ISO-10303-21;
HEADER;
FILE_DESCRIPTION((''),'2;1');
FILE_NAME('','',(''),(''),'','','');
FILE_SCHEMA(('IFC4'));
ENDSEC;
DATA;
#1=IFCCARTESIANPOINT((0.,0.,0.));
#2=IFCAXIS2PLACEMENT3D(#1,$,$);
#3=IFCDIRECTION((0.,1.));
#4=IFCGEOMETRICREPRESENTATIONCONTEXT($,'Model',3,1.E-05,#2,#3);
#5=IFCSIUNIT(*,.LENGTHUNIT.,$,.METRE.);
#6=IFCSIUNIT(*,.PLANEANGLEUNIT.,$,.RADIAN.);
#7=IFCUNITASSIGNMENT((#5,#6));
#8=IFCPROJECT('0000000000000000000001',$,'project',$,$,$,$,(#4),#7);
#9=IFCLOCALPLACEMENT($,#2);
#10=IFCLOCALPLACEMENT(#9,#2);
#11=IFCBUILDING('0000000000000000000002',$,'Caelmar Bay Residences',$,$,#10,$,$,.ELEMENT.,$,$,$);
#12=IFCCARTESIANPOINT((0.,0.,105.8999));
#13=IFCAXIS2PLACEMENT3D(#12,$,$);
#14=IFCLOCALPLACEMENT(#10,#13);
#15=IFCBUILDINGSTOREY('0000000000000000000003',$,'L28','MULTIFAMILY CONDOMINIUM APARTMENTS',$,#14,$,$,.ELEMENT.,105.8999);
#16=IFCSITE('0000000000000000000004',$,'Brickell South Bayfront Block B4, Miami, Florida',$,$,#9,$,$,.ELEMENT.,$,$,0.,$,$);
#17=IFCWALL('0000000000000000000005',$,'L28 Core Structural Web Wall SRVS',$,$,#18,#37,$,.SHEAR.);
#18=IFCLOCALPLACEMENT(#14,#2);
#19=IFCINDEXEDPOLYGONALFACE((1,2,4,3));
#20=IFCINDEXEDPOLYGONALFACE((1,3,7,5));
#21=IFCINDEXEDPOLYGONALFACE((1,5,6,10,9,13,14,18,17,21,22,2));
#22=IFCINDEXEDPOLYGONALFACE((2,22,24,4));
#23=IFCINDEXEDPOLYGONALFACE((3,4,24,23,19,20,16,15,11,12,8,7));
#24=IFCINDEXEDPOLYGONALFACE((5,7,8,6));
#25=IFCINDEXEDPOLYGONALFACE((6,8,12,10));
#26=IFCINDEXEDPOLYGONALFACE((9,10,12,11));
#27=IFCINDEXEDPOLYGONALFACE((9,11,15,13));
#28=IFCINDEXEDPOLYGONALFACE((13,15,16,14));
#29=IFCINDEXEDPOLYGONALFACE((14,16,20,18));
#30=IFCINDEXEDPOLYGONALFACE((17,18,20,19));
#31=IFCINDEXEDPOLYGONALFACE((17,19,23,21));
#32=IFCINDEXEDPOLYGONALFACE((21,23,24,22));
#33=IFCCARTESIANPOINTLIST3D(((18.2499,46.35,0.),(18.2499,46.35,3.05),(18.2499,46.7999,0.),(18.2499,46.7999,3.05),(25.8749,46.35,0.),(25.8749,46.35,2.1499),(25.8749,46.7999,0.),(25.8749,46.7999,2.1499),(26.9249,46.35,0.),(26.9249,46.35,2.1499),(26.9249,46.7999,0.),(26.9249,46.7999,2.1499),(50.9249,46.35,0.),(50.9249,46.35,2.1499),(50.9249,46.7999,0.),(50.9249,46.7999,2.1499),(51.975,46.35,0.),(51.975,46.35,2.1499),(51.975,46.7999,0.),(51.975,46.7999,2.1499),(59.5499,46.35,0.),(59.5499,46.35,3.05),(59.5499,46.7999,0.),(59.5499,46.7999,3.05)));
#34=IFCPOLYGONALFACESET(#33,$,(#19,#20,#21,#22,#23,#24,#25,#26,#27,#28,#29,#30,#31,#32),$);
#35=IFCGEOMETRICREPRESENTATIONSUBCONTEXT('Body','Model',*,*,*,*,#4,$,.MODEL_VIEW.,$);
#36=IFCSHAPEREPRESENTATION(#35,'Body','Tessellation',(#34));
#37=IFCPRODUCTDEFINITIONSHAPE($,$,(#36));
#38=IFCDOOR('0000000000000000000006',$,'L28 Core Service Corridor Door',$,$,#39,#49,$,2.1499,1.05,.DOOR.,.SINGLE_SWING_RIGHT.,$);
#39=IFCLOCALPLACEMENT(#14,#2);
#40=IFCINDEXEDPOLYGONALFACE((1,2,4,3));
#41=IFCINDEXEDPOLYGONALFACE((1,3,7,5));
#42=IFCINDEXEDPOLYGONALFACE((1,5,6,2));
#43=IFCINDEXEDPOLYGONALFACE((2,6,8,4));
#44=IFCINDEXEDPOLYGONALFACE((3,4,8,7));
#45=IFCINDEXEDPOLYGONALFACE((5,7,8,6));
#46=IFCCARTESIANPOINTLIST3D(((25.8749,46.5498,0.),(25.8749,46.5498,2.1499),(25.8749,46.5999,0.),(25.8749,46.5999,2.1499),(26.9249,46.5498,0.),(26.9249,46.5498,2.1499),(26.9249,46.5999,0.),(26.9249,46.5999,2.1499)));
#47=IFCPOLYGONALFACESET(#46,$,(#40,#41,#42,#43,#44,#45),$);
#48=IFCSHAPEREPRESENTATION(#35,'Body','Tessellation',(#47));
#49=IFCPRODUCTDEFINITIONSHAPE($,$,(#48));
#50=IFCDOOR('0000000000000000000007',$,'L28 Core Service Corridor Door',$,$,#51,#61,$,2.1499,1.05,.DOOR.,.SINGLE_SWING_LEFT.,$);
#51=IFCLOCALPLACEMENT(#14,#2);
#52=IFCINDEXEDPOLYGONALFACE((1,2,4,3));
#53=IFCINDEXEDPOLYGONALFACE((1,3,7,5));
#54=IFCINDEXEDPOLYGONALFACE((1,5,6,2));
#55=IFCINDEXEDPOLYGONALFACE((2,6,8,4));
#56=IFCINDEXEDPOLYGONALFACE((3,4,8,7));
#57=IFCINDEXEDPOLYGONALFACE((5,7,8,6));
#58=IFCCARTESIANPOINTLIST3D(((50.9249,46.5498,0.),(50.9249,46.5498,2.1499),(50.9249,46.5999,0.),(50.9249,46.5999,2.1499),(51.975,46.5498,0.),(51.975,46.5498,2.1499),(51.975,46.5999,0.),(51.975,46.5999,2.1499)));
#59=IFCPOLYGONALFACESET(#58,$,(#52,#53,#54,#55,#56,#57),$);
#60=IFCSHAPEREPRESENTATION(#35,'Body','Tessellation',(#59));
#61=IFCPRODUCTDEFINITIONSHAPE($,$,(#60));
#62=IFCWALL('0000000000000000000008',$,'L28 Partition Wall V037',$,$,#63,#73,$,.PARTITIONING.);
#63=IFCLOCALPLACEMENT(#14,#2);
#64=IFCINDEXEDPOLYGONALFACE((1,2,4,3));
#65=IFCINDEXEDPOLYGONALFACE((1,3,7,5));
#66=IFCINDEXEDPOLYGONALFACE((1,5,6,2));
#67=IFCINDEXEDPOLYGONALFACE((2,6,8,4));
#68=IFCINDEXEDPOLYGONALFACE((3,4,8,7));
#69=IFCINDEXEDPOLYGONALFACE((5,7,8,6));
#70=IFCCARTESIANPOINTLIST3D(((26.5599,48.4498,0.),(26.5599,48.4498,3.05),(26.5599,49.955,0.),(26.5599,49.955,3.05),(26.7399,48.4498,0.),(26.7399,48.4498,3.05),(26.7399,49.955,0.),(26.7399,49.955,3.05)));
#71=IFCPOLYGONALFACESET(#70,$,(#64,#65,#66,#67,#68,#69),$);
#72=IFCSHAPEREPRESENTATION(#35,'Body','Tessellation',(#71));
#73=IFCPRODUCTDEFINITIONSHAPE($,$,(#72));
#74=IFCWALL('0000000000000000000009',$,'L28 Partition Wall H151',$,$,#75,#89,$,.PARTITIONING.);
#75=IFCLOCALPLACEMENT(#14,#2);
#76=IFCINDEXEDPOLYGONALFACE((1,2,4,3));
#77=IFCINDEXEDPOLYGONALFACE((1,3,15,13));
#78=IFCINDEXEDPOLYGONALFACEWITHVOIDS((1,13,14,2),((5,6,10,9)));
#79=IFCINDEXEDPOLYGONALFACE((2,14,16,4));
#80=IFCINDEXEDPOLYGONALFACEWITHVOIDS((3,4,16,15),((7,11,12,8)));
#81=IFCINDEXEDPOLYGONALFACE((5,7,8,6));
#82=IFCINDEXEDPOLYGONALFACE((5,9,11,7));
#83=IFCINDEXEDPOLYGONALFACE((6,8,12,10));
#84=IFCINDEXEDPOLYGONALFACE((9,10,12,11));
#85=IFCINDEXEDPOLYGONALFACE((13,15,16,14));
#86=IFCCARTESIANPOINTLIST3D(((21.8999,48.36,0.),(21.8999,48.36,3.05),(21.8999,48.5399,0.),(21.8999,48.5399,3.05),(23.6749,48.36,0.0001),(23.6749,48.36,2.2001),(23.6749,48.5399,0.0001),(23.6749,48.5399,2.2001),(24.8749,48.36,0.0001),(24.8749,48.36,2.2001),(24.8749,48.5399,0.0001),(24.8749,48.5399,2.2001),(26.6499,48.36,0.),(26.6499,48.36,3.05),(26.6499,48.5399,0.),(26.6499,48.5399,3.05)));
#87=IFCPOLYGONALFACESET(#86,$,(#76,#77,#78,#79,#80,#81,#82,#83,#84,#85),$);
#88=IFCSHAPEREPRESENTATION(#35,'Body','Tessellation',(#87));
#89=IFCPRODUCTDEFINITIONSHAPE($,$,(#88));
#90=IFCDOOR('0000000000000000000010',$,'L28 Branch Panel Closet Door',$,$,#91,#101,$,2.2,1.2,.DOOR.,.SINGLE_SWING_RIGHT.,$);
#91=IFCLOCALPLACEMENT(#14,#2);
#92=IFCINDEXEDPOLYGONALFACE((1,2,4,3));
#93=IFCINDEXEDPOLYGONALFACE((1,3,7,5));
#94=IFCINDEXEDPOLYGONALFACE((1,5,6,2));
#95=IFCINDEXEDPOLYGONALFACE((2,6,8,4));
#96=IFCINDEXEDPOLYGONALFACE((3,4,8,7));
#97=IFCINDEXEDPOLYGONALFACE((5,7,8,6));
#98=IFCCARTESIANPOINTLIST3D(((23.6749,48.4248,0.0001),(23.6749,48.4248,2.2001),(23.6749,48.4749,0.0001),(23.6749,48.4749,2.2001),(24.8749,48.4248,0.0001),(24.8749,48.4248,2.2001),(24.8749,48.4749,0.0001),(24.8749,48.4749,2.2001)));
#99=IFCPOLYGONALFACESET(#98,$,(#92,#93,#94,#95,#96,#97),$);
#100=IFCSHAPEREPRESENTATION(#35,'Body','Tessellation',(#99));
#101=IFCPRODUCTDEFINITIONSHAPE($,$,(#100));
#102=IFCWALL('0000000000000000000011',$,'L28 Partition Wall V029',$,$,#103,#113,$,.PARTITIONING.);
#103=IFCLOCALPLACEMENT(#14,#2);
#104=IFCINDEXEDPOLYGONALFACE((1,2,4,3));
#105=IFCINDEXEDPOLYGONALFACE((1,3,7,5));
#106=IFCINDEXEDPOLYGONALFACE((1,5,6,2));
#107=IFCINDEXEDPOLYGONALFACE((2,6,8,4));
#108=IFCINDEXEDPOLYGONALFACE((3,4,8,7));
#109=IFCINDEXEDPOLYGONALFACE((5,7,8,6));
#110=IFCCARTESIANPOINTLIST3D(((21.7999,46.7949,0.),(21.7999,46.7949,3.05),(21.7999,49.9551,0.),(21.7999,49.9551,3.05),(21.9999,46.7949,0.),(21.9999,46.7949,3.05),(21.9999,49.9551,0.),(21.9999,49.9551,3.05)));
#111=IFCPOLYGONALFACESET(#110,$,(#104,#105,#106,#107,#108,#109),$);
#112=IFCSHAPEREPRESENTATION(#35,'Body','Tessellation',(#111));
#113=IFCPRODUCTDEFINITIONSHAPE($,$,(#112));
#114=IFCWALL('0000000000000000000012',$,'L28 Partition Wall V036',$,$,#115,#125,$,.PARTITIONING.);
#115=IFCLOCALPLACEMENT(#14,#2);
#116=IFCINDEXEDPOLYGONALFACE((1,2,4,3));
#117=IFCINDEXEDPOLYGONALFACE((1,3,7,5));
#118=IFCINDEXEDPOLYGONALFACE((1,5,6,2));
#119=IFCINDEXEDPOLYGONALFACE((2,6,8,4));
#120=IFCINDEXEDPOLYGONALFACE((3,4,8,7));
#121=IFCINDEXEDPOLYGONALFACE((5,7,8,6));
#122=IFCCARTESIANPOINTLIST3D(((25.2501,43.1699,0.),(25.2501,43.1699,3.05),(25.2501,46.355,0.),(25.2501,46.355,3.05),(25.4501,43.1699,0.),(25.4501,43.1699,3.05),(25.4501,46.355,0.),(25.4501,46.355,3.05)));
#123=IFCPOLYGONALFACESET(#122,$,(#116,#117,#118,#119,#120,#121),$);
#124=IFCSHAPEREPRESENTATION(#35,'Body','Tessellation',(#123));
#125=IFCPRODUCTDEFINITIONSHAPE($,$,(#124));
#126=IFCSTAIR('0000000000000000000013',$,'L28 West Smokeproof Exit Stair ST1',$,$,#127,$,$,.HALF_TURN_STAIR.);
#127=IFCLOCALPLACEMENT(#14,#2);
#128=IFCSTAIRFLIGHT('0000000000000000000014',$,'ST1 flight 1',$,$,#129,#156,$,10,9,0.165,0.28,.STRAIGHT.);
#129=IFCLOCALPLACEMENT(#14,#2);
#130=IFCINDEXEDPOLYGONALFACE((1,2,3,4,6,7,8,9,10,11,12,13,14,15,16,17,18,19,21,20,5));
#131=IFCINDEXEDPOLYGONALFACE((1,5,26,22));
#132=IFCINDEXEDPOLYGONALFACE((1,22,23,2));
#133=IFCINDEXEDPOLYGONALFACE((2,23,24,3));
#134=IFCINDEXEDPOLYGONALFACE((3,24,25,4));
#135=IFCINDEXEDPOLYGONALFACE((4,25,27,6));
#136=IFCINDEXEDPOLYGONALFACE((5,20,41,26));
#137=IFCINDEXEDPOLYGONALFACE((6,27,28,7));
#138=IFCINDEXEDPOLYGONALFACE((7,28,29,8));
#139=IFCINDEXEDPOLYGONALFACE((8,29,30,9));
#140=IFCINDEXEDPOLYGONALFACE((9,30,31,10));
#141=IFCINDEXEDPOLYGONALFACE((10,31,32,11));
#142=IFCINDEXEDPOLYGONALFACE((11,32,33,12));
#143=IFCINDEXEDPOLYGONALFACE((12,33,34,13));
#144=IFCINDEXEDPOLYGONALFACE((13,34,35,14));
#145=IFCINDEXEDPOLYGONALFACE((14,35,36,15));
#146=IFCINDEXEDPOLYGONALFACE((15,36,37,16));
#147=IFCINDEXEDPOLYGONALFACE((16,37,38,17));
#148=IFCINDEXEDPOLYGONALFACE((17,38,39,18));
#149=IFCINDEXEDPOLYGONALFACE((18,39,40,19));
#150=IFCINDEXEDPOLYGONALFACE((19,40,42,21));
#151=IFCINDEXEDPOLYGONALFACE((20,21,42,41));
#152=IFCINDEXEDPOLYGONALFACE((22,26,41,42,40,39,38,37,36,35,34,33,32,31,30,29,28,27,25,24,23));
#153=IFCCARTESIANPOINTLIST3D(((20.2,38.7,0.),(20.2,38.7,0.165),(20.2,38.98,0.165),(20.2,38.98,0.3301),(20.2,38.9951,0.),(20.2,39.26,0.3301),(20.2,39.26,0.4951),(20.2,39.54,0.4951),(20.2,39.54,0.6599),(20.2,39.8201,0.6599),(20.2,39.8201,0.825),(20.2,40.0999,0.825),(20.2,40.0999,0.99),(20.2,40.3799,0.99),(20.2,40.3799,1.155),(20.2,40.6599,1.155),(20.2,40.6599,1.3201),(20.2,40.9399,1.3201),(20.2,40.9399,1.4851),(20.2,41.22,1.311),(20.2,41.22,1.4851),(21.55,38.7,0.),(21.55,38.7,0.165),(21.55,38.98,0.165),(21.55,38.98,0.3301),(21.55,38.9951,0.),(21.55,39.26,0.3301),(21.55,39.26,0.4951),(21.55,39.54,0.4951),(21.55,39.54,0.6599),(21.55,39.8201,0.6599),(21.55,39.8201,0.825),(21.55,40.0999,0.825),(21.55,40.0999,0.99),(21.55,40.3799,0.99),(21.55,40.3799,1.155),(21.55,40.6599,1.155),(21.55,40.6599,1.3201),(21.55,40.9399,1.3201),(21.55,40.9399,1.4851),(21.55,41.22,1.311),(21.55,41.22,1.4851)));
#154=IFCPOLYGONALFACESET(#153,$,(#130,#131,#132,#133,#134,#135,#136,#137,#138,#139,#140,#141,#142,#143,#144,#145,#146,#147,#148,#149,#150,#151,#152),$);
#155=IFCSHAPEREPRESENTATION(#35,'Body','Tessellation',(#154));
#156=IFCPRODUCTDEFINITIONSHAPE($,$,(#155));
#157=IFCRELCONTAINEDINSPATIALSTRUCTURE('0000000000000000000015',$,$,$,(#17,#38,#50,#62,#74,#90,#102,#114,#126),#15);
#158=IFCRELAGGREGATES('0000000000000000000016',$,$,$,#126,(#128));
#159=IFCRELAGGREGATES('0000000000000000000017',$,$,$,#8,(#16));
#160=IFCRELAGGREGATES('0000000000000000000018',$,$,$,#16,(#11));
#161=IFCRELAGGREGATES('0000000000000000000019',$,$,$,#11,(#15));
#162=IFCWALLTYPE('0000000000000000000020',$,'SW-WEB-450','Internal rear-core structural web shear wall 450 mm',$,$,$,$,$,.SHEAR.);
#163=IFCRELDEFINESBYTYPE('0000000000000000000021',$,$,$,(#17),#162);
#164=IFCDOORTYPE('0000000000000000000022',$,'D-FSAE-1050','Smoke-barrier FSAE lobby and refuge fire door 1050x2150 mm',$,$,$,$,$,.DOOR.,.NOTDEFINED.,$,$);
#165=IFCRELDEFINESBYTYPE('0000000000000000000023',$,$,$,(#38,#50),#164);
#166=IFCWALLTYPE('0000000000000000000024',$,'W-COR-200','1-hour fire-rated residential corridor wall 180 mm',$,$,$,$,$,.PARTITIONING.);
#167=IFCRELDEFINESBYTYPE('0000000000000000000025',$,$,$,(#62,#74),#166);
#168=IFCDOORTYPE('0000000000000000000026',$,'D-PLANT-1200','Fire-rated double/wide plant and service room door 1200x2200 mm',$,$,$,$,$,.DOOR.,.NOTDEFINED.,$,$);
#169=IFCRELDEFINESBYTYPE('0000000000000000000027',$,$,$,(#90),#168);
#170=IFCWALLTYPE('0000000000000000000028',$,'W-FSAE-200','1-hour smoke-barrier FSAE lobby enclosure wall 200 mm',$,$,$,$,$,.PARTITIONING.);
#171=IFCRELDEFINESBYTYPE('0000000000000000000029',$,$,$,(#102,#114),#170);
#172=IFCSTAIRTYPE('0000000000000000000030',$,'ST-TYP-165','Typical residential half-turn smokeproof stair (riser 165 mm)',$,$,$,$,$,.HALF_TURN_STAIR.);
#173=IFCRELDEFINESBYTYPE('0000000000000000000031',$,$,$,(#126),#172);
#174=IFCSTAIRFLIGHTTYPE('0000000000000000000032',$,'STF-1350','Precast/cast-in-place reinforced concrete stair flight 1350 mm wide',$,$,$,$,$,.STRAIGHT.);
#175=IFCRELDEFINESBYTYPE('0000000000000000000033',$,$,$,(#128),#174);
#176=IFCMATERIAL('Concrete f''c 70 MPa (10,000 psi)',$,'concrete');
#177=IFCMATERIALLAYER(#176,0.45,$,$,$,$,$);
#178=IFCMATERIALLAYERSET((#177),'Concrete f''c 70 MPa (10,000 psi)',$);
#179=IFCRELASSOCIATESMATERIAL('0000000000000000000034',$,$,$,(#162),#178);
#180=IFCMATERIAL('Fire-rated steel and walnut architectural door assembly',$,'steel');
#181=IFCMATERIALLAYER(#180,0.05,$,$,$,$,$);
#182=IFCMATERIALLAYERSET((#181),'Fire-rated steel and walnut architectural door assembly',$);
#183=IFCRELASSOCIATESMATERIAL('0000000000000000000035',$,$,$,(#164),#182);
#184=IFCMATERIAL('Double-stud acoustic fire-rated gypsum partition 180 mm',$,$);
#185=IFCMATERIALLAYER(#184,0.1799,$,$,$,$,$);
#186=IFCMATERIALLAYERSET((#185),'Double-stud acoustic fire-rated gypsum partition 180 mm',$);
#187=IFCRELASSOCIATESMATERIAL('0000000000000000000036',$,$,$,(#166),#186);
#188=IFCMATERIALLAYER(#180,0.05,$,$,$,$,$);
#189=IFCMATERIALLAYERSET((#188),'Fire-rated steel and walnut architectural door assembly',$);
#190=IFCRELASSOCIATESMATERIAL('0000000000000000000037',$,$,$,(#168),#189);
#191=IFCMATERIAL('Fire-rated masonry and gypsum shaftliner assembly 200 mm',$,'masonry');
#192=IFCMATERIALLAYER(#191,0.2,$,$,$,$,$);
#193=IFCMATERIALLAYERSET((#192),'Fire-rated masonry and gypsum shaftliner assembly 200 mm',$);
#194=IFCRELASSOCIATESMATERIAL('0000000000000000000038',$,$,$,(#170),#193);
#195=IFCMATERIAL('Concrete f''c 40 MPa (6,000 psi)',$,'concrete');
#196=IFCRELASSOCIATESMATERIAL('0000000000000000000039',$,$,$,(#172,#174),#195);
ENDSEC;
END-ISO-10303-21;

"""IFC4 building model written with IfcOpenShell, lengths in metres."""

from ifc_helpers import new_model, si_unit, direction, frame, frame_2d, origin, place, context, subcontext, project, spatial, polyline, rectangle, outline, extrude, material, layer, layer_set, type_object, element, fill, aggregate, save


model = new_model("IFC4")

# Units and contexts
model_context = context("Model", 3, precision=1e-05, world=origin(), true_north=direction((0.0, 1.0)))
body_context = subcontext(model_context, "Body", "Model", "MODEL_VIEW")
ifc_project = project(units=[si_unit("LENGTHUNIT", "METRE"), si_unit("PLANEANGLEUNIT", "RADIAN")], contexts=[model_context])

# Site, building, storey
site_placement = place(None, origin())
site = spatial("IfcSite", under=ifc_project, at=site_placement, Name="Brickell South Bayfront Block B4, Miami, Florida", CompositionType="ELEMENT", RefElevation=0.0)
building_placement = place(site_placement, origin())
building = spatial("IfcBuilding", under=site, at=building_placement, Name="Caelmar Bay Residences", CompositionType="ELEMENT")
storey_placement = place(building_placement, frame((0.0, 0.0, 105.8999)))
storey = spatial("IfcBuildingStorey", under=building, at=storey_placement, Name="L28", Description="MULTIFAMILY CONDOMINIUM APARTMENTS", CompositionType="ELEMENT", Elevation=105.8999)

# Shared definitions
ifc_material_1 = material(Name="Fire-rated steel and walnut architectural door assembly", Category="steel")

# Wall, openings, doors
ifc_material_2 = material(Name="Concrete f'c 70 MPa (10,000 psi)", Category="concrete")
ifc_layer_1 = layer(ifc_material_2, 0.45)
ifc_layer_set_1 = layer_set([ifc_layer_1], Name="Concrete f'c 70 MPa (10,000 psi)")
wall_type_1 = type_object("IfcWallType", Name="SW-WEB-450", Description="Internal rear-core structural web shear wall 450 mm", PredefinedType="SHEAR", material=ifc_layer_set_1)
ifc_layer_2 = layer(ifc_material_1, 0.05)
ifc_layer_set_2 = layer_set([ifc_layer_2], Name="Fire-rated steel and walnut architectural door assembly")
door_type_1 = type_object("IfcDoorType", Name="D-FSAE-1050", Description="Smoke-barrier FSAE lobby and refuge fire door 1050x2150 mm", OperationType="NOTDEFINED", PredefinedType="DOOR", material=ifc_layer_set_2)
wall_1_placement = place(storey_placement, frame((18.25, 46.575, 0.0), z_axis=(0.0, 0.0, 1.0), x_axis=(1.0, 0.0, 0.0)))
wall_1 = element("IfcWall", 1, at=wall_1_placement, inside=storey, type_object=wall_type_1, Name="L28 Core Structural Web Wall SRVS", PredefinedType="SHEAR", context=body_context, shape_type="SweptSolid", body=[
    extrude(rectangle(XDim=41.3, YDim=0.45, at=frame_2d((20.6499, 0.0))), origin(), (0.0, 0.0, 1.0), 3.05),
])
opening_1_placement = place(wall_1_placement, frame((7.625, 0.0, 0.0)))
opening_1 = element("IfcOpeningElement", 2, at=opening_1_placement, cuts=wall_1, PredefinedType="OPENING", context=body_context, shape_type="SweptSolid", body=[
    extrude(rectangle(XDim=1.05, YDim=2.1499, at=frame_2d((0.5249, 1.075))), frame((0.0, 0.2349, 0.0), z_axis=(0.0, -1.0, 0.0), x_axis=(1.0, 0.0, 0.0)), (0.0, 0.0, 1.0), 0.47),
])
opening_2_placement = place(wall_1_placement, frame((32.675, 0.0, 0.0)))
opening_2 = element("IfcOpeningElement", 3, at=opening_2_placement, cuts=wall_1, PredefinedType="OPENING", context=body_context, shape_type="SweptSolid", body=[
    extrude(rectangle(XDim=1.05, YDim=2.1499, at=frame_2d((0.5249, 1.075))), frame((0.0, 0.2349, 0.0), z_axis=(0.0, -1.0, 0.0), x_axis=(1.0, 0.0, 0.0)), (0.0, 0.0, 1.0), 0.47),
])
door_1_placement = place(opening_1_placement, origin())
door_1 = element("IfcDoor", 4, at=door_1_placement, inside=storey, type_object=door_type_1, Name="L28 Core Service Corridor Door", OperationType="SINGLE_SWING_RIGHT", OverallHeight=2.1499, OverallWidth=1.05, PredefinedType="DOOR", context=body_context, shape_type="SweptSolid", body=[
    extrude(rectangle(XDim=1.05, YDim=2.1499, at=frame_2d((0.5249, 1.075))), frame((0.0, 0.0249, 0.0), z_axis=(0.0, -1.0, 0.0), x_axis=(1.0, 0.0, 0.0)), (0.0, 0.0, 1.0), 0.05),
])
fill(opening_1, door_1)
door_2_placement = place(opening_2_placement, origin())
door_2 = element("IfcDoor", 5, at=door_2_placement, inside=storey, type_object=door_type_1, Name="L28 Core Service Corridor Door", OperationType="SINGLE_SWING_LEFT", OverallHeight=2.1499, OverallWidth=1.05, PredefinedType="DOOR", context=body_context, shape_type="SweptSolid", body=[
    extrude(rectangle(XDim=1.05, YDim=2.1499, at=frame_2d((0.5249, 1.075))), frame((0.0, 0.0249, 0.0), z_axis=(0.0, -1.0, 0.0), x_axis=(1.0, 0.0, 0.0)), (0.0, 0.0, 1.0), 0.05),
])
fill(opening_2, door_2)

# Wall
ifc_material_3 = material(Name="Double-stud acoustic fire-rated gypsum partition 180 mm")
ifc_layer_3 = layer(ifc_material_3, 0.1799)
ifc_layer_set_3 = layer_set([ifc_layer_3], Name="Double-stud acoustic fire-rated gypsum partition 180 mm")
wall_type_2 = type_object("IfcWallType", Name="W-COR-200", Description="1-hour fire-rated residential corridor wall 180 mm", PredefinedType="PARTITIONING", material=ifc_layer_set_3)
wall_2_placement = place(storey_placement, frame((26.6499, 48.45, 0.0), z_axis=(0.0, 0.0, 1.0), x_axis=(0.0, 1.0, 0.0)))
element("IfcWall", 6, at=wall_2_placement, inside=storey, type_object=wall_type_2, Name="L28 Partition Wall V037", PredefinedType="PARTITIONING", context=body_context, shape_type="SweptSolid", body=[
    extrude(rectangle(XDim=1.5051, YDim=0.1799, at=frame_2d((0.7524, 0.0))), origin(), (0.0, 0.0, 1.0), 3.05),
])

# Wall, opening, door
wall_3_placement = place(storey_placement, frame((21.8999, 48.45, 0.0), z_axis=(0.0, 0.0, 1.0), x_axis=(1.0, 0.0, 0.0)))
wall_3 = element("IfcWall", 7, at=wall_3_placement, inside=storey, type_object=wall_type_2, Name="L28 Partition Wall H151", PredefinedType="PARTITIONING", context=body_context, shape_type="SweptSolid", body=[
    extrude(rectangle(XDim=4.75, YDim=0.1799, at=frame_2d((2.375, 0.0))), origin(), (0.0, 0.0, 1.0), 3.05),
])
opening_3_placement = place(wall_3_placement, frame((1.7749, 0.0, 0.0)))
opening_3 = element("IfcOpeningElement", 8, at=opening_3_placement, cuts=wall_3, PredefinedType="OPENING", context=body_context, shape_type="SweptSolid", body=[
    extrude(rectangle(XDim=1.2, YDim=2.2, at=frame_2d((0.6001, 1.1001))), frame((0.0, 0.0999, 0.0), z_axis=(0.0, -1.0, 0.0), x_axis=(1.0, 0.0, 0.0)), (0.0, 0.0, 1.0), 0.2),
])
ifc_layer_4 = layer(ifc_material_1, 0.05)
ifc_layer_set_4 = layer_set([ifc_layer_4], Name="Fire-rated steel and walnut architectural door assembly")
door_type_2 = type_object("IfcDoorType", Name="D-PLANT-1200", Description="Fire-rated double/wide plant and service room door 1200x2200 mm", OperationType="NOTDEFINED", PredefinedType="DOOR", material=ifc_layer_set_4)
door_3_placement = place(opening_3_placement, origin())
door_3 = element("IfcDoor", 9, at=door_3_placement, inside=storey, type_object=door_type_2, Name="L28 Branch Panel Closet Door", OperationType="SINGLE_SWING_RIGHT", OverallHeight=2.2, OverallWidth=1.2, PredefinedType="DOOR", context=body_context, shape_type="SweptSolid", body=[
    extrude(rectangle(XDim=1.2, YDim=2.2, at=frame_2d((0.6001, 1.1001))), frame((0.0, 0.0249, 0.0), z_axis=(0.0, -1.0, 0.0), x_axis=(1.0, 0.0, 0.0)), (0.0, 0.0, 1.0), 0.05),
])
fill(opening_3, door_3)

# Walls
ifc_material_4 = material(Name="Fire-rated masonry and gypsum shaftliner assembly 200 mm", Category="masonry")
ifc_layer_5 = layer(ifc_material_4, 0.2)
ifc_layer_set_5 = layer_set([ifc_layer_5], Name="Fire-rated masonry and gypsum shaftliner assembly 200 mm")
wall_type_3 = type_object("IfcWallType", Name="W-FSAE-200", Description="1-hour smoke-barrier FSAE lobby enclosure wall 200 mm", PredefinedType="PARTITIONING", material=ifc_layer_set_5)
wall_4_placement = place(storey_placement, frame((21.8999, 46.7949, 0.0), z_axis=(0.0, 0.0, 1.0), x_axis=(0.0, 1.0, 0.0)))
element("IfcWall", 10, at=wall_4_placement, inside=storey, type_object=wall_type_3, Name="L28 Partition Wall V029", PredefinedType="PARTITIONING", context=body_context, shape_type="SweptSolid", body=[
    extrude(rectangle(XDim=3.1602, YDim=0.2, at=frame_2d((1.5801, 0.0))), origin(), (0.0, 0.0, 1.0), 3.05),
])
wall_5_placement = place(storey_placement, frame((25.3501, 43.1699, 0.0), z_axis=(0.0, 0.0, 1.0), x_axis=(0.0, 1.0, 0.0)))
element("IfcWall", 11, at=wall_5_placement, inside=storey, type_object=wall_type_3, Name="L28 Partition Wall V036", PredefinedType="PARTITIONING", context=body_context, shape_type="SweptSolid", body=[
    extrude(rectangle(XDim=3.1851, YDim=0.2, at=frame_2d((1.5925, 0.0))), origin(), (0.0, 0.0, 1.0), 3.05),
])

# Stair, stair flight
ifc_material_5 = material(Name="Concrete f'c 40 MPa (6,000 psi)", Category="concrete")
stair_type = type_object("IfcStairType", Name="ST-TYP-165", Description="Typical residential half-turn smokeproof stair (riser 165 mm)", PredefinedType="HALF_TURN_STAIR", material=ifc_material_5)
stair_placement = place(storey_placement, origin())
stair = element("IfcStair", 12, at=stair_placement, inside=storey, type_object=stair_type, Name="L28 West Smokeproof Exit Stair ST1", PredefinedType="HALF_TURN_STAIR")
stair_flight_type = type_object("IfcStairFlightType", Name="STF-1350", Description="Precast/cast-in-place reinforced concrete stair flight 1350 mm wide", PredefinedType="STRAIGHT", material=ifc_material_5)
stair_flight_1_placement = place(storey_placement, frame((20.875, 38.7, 0.0), z_axis=(0.0, 0.0, 1.0), x_axis=(0.0, 1.0, 0.0)))
stair_flight_1 = element("IfcStairFlight", 13, at=stair_flight_1_placement, type_object=stair_flight_type, Name="ST1 flight 1", NumberOfRisers=10, NumberOfTreads=9, PredefinedType="STRAIGHT", RiserHeight=0.165, TreadLength=0.28, context=body_context, shape_type="SweptSolid", body=[
    extrude(outline(polyline([(0.0, 0.0), (0.0, 0.165), (0.28, 0.165), (0.28, 0.3301), (0.5601, 0.3301), (0.5601, 0.4951), (0.8401, 0.4951), (0.8401, 0.6599), (1.1201, 0.6599), (1.1201, 0.825), (1.3999, 0.825), (1.3999, 0.99), (1.6799, 0.99), (1.6799, 1.155), (1.96, 1.155), (1.96, 1.3201), (2.24, 1.3201), (2.24, 1.4851), (2.52, 1.4851), (2.52, 1.6499), (2.52, 1.311), (0.2952, 0.0), (0.0, 0.0)])), frame((0.0, 0.675, 0.0), z_axis=(0.0, -1.0, 0.0), x_axis=(1.0, 0.0, 0.0)), (0.0, 0.0, 1.0), 1.3501),
])
aggregate(stair, [stair_flight_1])

save(model, "model.ifc")
